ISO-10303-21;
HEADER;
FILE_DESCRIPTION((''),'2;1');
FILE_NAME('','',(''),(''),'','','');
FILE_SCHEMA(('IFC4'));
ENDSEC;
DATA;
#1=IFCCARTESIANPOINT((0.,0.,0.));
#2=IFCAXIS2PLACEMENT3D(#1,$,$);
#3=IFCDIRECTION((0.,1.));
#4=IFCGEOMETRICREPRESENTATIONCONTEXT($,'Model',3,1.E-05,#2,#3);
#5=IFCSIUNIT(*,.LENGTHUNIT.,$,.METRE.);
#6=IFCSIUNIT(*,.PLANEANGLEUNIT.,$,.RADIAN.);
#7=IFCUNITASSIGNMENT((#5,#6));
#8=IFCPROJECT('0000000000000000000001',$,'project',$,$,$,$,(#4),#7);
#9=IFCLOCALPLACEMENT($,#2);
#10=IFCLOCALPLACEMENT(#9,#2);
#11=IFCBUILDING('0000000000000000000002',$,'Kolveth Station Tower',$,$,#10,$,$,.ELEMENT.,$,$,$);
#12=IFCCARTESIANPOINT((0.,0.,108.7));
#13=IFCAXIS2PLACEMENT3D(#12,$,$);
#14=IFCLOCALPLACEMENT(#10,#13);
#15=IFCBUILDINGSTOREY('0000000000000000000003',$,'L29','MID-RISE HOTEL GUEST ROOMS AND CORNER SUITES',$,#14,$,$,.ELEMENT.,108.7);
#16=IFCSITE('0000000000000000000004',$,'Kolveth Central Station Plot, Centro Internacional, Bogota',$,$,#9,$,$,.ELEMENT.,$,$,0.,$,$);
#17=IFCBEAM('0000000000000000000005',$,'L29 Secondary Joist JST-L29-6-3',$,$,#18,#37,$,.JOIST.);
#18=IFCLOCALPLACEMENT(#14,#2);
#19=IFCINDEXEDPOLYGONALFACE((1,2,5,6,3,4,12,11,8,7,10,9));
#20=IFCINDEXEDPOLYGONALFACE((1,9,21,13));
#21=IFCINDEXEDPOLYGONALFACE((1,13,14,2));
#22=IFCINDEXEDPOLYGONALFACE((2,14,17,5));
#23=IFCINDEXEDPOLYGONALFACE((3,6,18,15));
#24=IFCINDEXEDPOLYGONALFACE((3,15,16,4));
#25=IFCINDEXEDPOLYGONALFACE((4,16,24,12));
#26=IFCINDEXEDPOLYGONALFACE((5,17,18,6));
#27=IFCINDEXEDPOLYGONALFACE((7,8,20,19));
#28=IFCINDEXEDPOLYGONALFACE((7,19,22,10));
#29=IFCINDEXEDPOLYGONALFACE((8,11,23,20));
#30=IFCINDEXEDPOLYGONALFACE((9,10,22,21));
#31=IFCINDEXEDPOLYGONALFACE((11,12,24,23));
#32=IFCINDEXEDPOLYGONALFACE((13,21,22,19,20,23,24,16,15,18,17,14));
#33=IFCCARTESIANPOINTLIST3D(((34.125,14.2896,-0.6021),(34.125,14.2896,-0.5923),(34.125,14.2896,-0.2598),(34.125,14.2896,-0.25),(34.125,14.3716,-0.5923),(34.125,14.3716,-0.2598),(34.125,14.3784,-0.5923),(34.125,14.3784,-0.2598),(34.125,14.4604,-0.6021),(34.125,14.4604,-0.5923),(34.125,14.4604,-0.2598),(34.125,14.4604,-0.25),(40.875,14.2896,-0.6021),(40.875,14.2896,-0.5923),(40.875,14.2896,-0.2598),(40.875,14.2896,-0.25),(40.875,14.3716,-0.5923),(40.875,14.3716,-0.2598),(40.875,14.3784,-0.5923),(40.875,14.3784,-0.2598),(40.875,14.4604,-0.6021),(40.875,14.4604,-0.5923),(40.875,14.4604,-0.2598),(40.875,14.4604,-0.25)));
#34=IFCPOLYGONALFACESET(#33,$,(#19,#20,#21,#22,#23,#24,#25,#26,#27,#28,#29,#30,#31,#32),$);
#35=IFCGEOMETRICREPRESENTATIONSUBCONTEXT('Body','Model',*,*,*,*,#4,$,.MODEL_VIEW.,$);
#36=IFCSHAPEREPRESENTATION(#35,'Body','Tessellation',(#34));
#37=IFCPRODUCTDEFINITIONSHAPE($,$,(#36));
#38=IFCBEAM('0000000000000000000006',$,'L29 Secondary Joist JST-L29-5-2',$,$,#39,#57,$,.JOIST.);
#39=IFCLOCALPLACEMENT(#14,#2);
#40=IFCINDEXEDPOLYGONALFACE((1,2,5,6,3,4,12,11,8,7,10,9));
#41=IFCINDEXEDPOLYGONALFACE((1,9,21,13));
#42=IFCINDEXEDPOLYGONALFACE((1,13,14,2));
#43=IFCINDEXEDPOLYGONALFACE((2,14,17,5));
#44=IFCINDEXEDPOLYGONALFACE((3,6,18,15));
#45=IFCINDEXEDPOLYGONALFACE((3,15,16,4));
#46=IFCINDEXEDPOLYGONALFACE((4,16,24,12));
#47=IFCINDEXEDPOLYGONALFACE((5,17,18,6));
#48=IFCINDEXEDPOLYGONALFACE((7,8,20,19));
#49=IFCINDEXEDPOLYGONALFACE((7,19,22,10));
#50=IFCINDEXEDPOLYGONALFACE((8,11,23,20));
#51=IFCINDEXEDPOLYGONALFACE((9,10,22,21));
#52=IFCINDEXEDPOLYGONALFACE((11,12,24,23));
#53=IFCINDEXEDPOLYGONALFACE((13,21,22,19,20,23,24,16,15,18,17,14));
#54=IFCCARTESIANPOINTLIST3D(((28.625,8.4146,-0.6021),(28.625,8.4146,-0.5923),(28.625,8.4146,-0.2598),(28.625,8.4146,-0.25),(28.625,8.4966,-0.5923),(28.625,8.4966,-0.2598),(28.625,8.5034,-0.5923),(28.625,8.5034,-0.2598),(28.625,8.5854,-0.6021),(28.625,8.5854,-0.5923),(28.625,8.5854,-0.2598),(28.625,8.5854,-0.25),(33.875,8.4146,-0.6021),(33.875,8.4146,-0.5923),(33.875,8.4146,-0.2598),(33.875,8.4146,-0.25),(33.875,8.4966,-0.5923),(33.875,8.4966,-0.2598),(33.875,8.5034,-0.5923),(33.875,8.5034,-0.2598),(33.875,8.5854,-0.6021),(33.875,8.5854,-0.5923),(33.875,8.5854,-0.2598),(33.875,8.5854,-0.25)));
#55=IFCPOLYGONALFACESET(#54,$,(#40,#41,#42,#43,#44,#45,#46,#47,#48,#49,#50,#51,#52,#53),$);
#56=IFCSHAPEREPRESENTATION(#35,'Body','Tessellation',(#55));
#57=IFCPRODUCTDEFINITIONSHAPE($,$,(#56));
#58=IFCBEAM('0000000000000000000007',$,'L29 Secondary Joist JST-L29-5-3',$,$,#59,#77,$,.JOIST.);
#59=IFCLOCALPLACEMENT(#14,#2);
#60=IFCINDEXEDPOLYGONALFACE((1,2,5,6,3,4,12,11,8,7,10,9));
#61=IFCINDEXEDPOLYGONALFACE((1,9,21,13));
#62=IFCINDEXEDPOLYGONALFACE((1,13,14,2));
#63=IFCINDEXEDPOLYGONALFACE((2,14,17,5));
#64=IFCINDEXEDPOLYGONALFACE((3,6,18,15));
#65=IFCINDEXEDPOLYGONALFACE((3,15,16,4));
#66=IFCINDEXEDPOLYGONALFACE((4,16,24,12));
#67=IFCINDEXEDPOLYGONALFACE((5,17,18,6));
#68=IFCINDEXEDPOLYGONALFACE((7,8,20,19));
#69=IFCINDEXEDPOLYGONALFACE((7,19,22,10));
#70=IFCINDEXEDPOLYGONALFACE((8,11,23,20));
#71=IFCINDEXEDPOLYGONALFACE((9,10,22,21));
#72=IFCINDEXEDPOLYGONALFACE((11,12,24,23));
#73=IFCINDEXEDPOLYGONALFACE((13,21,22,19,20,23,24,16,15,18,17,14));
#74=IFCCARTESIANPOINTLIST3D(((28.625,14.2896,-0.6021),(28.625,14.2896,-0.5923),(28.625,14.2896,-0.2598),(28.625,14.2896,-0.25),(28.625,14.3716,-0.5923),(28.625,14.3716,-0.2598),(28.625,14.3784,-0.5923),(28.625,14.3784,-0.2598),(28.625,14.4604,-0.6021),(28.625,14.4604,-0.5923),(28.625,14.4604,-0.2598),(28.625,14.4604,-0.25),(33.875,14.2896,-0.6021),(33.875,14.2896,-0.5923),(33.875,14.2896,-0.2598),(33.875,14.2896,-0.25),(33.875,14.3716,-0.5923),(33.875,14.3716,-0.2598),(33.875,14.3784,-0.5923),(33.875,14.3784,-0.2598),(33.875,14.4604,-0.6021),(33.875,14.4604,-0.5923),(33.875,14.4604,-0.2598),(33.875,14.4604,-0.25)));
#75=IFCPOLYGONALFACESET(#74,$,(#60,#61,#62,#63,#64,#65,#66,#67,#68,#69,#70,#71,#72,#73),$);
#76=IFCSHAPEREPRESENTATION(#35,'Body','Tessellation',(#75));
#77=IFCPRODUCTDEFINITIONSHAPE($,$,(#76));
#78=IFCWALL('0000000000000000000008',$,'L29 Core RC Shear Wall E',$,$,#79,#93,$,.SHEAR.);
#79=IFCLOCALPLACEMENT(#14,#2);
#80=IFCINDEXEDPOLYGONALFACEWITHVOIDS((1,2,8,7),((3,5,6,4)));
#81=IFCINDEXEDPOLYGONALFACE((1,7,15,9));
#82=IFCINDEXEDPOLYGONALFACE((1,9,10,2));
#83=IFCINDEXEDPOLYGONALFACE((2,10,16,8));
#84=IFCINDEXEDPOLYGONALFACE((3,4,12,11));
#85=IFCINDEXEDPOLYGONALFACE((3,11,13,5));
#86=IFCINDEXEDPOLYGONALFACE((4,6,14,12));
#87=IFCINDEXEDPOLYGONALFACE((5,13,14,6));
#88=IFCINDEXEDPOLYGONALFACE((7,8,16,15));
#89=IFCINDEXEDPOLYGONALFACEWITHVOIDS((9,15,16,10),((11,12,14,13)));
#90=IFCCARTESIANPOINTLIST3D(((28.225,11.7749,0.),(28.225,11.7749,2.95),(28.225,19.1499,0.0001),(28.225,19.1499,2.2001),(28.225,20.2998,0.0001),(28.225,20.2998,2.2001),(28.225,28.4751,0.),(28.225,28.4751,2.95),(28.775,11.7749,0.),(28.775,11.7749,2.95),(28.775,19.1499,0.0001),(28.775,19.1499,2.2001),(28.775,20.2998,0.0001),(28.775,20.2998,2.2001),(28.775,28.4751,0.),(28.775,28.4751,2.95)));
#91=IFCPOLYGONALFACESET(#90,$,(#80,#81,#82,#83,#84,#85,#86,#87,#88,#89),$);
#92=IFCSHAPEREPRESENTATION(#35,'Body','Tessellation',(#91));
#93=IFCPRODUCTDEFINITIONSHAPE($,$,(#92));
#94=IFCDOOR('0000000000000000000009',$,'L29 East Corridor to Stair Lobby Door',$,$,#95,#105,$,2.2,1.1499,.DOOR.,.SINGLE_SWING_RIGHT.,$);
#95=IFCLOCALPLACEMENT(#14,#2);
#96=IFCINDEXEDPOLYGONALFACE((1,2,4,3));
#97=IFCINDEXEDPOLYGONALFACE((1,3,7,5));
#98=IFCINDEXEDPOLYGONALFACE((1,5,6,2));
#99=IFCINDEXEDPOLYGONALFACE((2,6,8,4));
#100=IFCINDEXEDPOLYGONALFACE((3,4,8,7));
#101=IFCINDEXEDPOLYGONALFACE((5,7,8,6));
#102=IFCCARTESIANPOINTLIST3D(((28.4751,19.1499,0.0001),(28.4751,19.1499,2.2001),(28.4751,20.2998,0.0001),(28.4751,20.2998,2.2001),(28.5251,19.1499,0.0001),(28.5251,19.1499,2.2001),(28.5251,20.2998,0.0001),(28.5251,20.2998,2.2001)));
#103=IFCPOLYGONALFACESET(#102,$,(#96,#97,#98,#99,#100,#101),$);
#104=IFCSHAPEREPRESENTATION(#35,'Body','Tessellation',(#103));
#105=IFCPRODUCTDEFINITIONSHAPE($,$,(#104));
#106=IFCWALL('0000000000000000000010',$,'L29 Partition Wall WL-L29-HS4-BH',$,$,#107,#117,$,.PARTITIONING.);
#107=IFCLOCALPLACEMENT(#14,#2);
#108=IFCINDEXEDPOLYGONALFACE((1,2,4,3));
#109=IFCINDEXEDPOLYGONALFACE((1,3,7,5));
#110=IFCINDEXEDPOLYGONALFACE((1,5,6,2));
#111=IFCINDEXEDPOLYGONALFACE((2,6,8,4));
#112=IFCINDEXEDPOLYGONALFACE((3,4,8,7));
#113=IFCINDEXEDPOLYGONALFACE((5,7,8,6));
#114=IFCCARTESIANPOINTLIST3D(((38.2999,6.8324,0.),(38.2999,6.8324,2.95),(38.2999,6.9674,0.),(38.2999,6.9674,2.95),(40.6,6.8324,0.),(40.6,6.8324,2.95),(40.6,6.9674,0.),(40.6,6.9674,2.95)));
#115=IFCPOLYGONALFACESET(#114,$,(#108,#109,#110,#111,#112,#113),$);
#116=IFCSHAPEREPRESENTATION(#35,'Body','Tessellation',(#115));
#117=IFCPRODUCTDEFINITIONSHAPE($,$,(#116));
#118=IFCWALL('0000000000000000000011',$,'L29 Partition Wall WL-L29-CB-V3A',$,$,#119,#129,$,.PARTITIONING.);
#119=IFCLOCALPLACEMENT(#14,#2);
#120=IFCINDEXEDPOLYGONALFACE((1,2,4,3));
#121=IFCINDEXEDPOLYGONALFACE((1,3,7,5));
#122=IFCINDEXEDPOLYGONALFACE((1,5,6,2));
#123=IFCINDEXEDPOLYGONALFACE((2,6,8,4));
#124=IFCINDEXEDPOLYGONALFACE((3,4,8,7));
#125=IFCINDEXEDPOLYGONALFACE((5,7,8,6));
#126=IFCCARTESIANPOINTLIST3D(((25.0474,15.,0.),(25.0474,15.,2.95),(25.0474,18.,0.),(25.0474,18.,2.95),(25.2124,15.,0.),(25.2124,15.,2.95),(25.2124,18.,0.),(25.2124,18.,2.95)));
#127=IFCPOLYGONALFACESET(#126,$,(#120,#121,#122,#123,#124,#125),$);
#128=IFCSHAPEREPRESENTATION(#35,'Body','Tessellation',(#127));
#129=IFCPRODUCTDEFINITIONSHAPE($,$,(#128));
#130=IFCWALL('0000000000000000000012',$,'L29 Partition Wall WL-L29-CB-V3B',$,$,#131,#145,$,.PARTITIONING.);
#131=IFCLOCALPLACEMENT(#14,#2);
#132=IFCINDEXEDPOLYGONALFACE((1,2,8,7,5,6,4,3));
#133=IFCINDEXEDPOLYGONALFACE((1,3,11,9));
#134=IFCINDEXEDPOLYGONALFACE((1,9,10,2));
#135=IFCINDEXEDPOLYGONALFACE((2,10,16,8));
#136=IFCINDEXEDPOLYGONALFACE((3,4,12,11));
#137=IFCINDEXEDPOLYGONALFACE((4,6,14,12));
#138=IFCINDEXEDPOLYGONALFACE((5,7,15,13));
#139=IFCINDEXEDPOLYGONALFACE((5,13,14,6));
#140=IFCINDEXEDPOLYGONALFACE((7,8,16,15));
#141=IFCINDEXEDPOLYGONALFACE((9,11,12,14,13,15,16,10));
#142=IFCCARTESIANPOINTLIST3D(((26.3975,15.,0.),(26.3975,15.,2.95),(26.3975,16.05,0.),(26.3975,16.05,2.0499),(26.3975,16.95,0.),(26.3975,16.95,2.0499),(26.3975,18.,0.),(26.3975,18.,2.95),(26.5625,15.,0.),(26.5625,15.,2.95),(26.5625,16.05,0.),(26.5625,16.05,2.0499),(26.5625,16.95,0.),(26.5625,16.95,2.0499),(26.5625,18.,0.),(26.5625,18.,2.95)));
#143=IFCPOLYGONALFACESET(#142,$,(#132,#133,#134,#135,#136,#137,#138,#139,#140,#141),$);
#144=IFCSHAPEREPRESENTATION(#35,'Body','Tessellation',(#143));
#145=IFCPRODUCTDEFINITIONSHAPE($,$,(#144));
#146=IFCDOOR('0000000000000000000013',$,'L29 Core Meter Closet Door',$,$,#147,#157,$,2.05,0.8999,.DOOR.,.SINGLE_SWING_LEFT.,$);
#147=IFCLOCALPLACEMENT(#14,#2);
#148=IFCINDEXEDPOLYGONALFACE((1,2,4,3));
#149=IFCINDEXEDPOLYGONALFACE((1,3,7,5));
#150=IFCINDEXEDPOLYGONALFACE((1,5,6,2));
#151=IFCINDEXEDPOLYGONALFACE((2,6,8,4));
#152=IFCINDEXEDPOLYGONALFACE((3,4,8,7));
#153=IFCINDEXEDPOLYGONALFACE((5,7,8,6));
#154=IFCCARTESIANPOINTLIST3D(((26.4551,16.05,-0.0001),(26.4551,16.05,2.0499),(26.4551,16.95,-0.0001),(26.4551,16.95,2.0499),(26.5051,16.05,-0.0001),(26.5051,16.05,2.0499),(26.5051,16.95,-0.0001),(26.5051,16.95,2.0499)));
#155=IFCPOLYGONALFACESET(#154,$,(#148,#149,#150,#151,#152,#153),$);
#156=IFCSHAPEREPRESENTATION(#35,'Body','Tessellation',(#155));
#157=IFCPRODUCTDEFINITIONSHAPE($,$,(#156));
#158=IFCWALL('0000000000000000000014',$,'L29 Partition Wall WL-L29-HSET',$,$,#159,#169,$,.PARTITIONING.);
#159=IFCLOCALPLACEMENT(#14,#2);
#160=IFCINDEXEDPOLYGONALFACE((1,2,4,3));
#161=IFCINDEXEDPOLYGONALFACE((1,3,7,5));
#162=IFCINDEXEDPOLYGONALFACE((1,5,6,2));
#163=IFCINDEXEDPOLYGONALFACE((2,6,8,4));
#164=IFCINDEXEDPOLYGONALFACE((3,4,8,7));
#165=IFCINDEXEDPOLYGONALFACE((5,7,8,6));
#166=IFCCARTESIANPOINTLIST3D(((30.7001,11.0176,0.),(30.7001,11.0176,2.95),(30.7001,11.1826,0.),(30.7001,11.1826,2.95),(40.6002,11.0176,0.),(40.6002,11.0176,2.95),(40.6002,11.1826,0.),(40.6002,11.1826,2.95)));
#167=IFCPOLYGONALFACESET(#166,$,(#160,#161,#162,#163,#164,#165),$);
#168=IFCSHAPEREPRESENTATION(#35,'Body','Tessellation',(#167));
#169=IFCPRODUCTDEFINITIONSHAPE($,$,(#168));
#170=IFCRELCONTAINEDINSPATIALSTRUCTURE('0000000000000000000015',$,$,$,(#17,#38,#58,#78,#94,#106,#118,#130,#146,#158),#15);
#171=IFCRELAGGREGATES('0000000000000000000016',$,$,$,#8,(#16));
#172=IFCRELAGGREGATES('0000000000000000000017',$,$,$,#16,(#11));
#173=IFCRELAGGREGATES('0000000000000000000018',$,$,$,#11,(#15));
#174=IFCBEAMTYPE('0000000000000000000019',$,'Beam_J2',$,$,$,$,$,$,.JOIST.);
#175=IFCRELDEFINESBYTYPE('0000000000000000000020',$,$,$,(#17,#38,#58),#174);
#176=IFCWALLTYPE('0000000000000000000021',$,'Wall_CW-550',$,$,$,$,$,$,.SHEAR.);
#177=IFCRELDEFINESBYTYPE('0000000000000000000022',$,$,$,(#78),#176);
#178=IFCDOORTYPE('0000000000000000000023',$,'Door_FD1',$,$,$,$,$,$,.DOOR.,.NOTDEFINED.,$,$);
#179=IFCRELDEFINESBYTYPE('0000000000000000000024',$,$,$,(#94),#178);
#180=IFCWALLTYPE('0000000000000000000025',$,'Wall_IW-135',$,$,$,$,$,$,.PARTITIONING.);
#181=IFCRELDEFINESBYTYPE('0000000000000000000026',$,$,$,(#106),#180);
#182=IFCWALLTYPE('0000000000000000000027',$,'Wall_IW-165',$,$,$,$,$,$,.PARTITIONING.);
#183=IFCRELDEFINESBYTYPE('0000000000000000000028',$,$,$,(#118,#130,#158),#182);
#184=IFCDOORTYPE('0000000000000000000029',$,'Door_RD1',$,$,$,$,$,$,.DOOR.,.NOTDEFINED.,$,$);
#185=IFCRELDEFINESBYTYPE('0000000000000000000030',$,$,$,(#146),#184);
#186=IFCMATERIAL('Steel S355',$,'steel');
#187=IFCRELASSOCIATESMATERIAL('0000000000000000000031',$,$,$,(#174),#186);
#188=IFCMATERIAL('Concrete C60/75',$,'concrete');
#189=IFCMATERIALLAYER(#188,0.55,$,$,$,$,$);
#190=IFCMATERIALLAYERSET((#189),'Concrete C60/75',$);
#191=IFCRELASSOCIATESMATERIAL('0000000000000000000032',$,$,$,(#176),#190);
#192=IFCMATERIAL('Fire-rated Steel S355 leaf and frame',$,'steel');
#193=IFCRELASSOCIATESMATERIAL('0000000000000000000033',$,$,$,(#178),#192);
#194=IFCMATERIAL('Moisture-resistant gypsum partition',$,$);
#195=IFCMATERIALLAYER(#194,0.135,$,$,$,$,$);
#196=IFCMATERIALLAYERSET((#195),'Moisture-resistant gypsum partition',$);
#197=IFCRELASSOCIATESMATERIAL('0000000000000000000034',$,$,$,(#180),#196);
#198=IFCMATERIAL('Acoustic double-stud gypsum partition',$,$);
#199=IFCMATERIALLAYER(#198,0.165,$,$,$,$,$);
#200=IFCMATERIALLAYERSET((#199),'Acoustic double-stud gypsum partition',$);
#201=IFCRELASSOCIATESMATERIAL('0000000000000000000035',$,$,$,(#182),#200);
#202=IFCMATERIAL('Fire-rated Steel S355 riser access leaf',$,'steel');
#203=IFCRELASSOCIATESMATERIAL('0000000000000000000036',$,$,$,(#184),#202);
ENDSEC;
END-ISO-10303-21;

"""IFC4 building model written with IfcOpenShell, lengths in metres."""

from ifc_helpers import new_model, si_unit, direction, frame, frame_2d, origin, origin_2d, place, context, subcontext, project, spatial, rectangle, i_section, extrude, source, transform, mapped, material, layer, layer_set, material_profile, profile_set, type_object, element, fill, save


model = new_model("IFC4")

# Units and contexts
model_context = context("Model", 3, precision=1e-05, world=origin(), true_north=direction((0.0, 1.0)))
body_context = subcontext(model_context, "Body", "Model", "MODEL_VIEW")
ifc_project = project(units=[si_unit("LENGTHUNIT", "METRE"), si_unit("PLANEANGLEUNIT", "RADIAN")], contexts=[model_context])

# Site, building, storey
site_placement = place(None, origin())
site = spatial("IfcSite", under=ifc_project, at=site_placement, Name="Kolveth Central Station Plot, Centro Internacional, Bogota", CompositionType="ELEMENT", RefElevation=0.0)
building_placement = place(site_placement, origin())
building = spatial("IfcBuilding", under=site, at=building_placement, Name="Kolveth Station Tower", CompositionType="ELEMENT")
storey_placement = place(building_placement, frame((0.0, 0.0, 108.7)))
storey = spatial("IfcBuildingStorey", under=building, at=storey_placement, Name="L29", Description="MID-RISE HOTEL GUEST ROOMS AND CORNER SUITES", CompositionType="ELEMENT", Elevation=108.7)

# Shared definitions
ifc_material_1 = material(Name="Steel S355", Category="steel")

# Beams
ifc_material_profile_1 = material_profile(ifc_material_1, i_section(OverallWidth=0.1709, OverallDepth=0.3521, WebThickness=0.0068, FlangeThickness=0.0098, at=origin_2d()), Name="W360x44")
ifc_profile_set_1 = profile_set([ifc_material_profile_1], Name="Steel S355")
beam_type_1 = type_object("IfcBeamType", Name="Beam_J2", PredefinedType="JOIST", material=ifc_profile_set_1)
shared_shape_1 = source(origin(), body_context, "Body", "SweptSolid", [
    extrude(i_section(OverallWidth=0.1709, OverallDepth=0.3521, WebThickness=0.0068, FlangeThickness=0.0098, at=origin_2d()), origin(), (0.0, 0.0, 1.0), 6.75),
])
for number, where, z_axis, x_axis, name in (
    (1, (34.125, 14.375, -0.426), (1.0, 0.0, 0.0), (0.0, 1.0, 0.0), "L29 Secondary Joist JST-L29-6-3"),
):
    element("IfcBeam", number, at=place(storey_placement, frame(where, z_axis=z_axis, x_axis=x_axis)), inside=storey, type_object=beam_type_1, Name=name, PredefinedType="JOIST", context=body_context, shape_type="MappedRepresentation", body=[
        mapped(shared_shape_1, transform((0.0, 0.0, 0.0), x_axis=(1.0, 0.0, 0.0), y_axis=(0.0, 1.0, 0.0), z_axis=(0.0, 0.0, 1.0), scale=1.0)),
    ])
shared_shape_2 = source(origin(), body_context, "Body", "SweptSolid", [
    extrude(i_section(OverallWidth=0.1709, OverallDepth=0.3521, WebThickness=0.0068, FlangeThickness=0.0098, at=origin_2d()), origin(), (0.0, 0.0, 1.0), 5.25),
])
for number, where, z_axis, x_axis, name in (
    (2, (28.625, 8.5, -0.426), (1.0, 0.0, 0.0), (0.0, 1.0, 0.0), "L29 Secondary Joist JST-L29-5-2"),
    (3, (28.625, 14.375, -0.426), (1.0, 0.0, 0.0), (0.0, 1.0, 0.0), "L29 Secondary Joist JST-L29-5-3"),
):
    element("IfcBeam", number, at=place(storey_placement, frame(where, z_axis=z_axis, x_axis=x_axis)), inside=storey, type_object=beam_type_1, Name=name, PredefinedType="JOIST", context=body_context, shape_type="MappedRepresentation", body=[
        mapped(shared_shape_2, transform((0.0, 0.0, 0.0), x_axis=(1.0, 0.0, 0.0), y_axis=(0.0, 1.0, 0.0), z_axis=(0.0, 0.0, 1.0), scale=1.0)),
    ])

# Wall, opening, door
ifc_material_2 = material(Name="Concrete C60/75", Category="concrete")
ifc_layer_1 = layer(ifc_material_2, 0.55)
ifc_layer_set_1 = layer_set([ifc_layer_1], Name="Concrete C60/75")
wall_type_1 = type_object("IfcWallType", Name="Wall_CW-550", PredefinedType="SHEAR", material=ifc_layer_set_1)
wall_1_placement = place(storey_placement, frame((28.5, 11.7749, 0.0), z_axis=(0.0, 0.0, 1.0), x_axis=(0.0, 1.0, 0.0)))
wall_1 = element("IfcWall", 4, at=wall_1_placement, inside=storey, type_object=wall_type_1, Name="L29 Core RC Shear Wall E", PredefinedType="SHEAR", context=body_context, shape_type="SweptSolid", body=[
    extrude(rectangle(XDim=16.7002, YDim=0.55, at=frame_2d((8.3501, 0.0))), origin(), (0.0, 0.0, 1.0), 2.95),
])
opening_1_placement = place(wall_1_placement, frame((7.375, 0.0, 0.0)))
opening_1 = element("IfcOpeningElement", 5, at=opening_1_placement, cuts=wall_1, PredefinedType="OPENING", context=body_context, shape_type="SweptSolid", body=[
    extrude(rectangle(XDim=1.1499, YDim=2.2, at=frame_2d((0.575, 1.1001))), frame((0.0, 0.2849, 0.0), z_axis=(0.0, -1.0, 0.0), x_axis=(1.0, 0.0, 0.0)), (0.0, 0.0, 1.0), 0.5701),
])
ifc_material_3 = material(Name="Fire-rated Steel S355 leaf and frame", Category="steel")
door_type_1 = type_object("IfcDoorType", Name="Door_FD1", OperationType="NOTDEFINED", PredefinedType="DOOR", material=ifc_material_3)
door_1_placement = place(opening_1_placement, origin())
door_1 = element("IfcDoor", 6, at=door_1_placement, inside=storey, type_object=door_type_1, Name="L29 East Corridor to Stair Lobby Door", OperationType="SINGLE_SWING_RIGHT", OverallHeight=2.2, OverallWidth=1.1499, PredefinedType="DOOR", context=body_context, shape_type="SweptSolid", body=[
    extrude(rectangle(XDim=1.1499, YDim=2.2, at=frame_2d((0.575, 1.1001))), frame((0.0, 0.0249, 0.0), z_axis=(0.0, -1.0, 0.0), x_axis=(1.0, 0.0, 0.0)), (0.0, 0.0, 1.0), 0.05),
])
fill(opening_1, door_1)

# Walls
ifc_material_4 = material(Name="Moisture-resistant gypsum partition")
ifc_layer_2 = layer(ifc_material_4, 0.135)
ifc_layer_set_2 = layer_set([ifc_layer_2], Name="Moisture-resistant gypsum partition")
wall_type_2 = type_object("IfcWallType", Name="Wall_IW-135", PredefinedType="PARTITIONING", material=ifc_layer_set_2)
wall_2_placement = place(storey_placement, frame((38.3, 6.8999, 0.0), z_axis=(0.0, 0.0, 1.0), x_axis=(1.0, 0.0, 0.0)))
element("IfcWall", 7, at=wall_2_placement, inside=storey, type_object=wall_type_2, Name="L29 Partition Wall WL-L29-HS4-BH", PredefinedType="PARTITIONING", context=body_context, shape_type="SweptSolid", body=[
    extrude(rectangle(XDim=2.3, YDim=0.135, at=frame_2d((1.1499, 0.0))), origin(), (0.0, 0.0, 1.0), 2.95),
])
ifc_material_5 = material(Name="Acoustic double-stud gypsum partition")
ifc_layer_3 = layer(ifc_material_5, 0.165)
ifc_layer_set_3 = layer_set([ifc_layer_3], Name="Acoustic double-stud gypsum partition")
wall_type_3 = type_object("IfcWallType", Name="Wall_IW-165", PredefinedType="PARTITIONING", material=ifc_layer_set_3)
wall_3_placement = place(storey_placement, frame((25.1299, 15.0, 0.0), z_axis=(0.0, 0.0, 1.0), x_axis=(0.0, 1.0, 0.0)))
element("IfcWall", 8, at=wall_3_placement, inside=storey, type_object=wall_type_3, Name="L29 Partition Wall WL-L29-CB-V3A", PredefinedType="PARTITIONING", context=body_context, shape_type="SweptSolid", body=[
    extrude(rectangle(XDim=3.0, YDim=0.165, at=frame_2d((1.5, 0.0))), origin(), (0.0, 0.0, 1.0), 2.95),
])

# Wall, opening, door
wall_4_placement = place(storey_placement, frame((26.48, 15.0, 0.0), z_axis=(0.0, 0.0, 1.0), x_axis=(0.0, 1.0, 0.0)))
wall_4 = element("IfcWall", 9, at=wall_4_placement, inside=storey, type_object=wall_type_3, Name="L29 Partition Wall WL-L29-CB-V3B", PredefinedType="PARTITIONING", context=body_context, shape_type="SweptSolid", body=[
    extrude(rectangle(XDim=3.0, YDim=0.165, at=frame_2d((1.5, 0.0))), origin(), (0.0, 0.0, 1.0), 2.95),
])
opening_2_placement = place(wall_4_placement, frame((1.05, 0.0, 0.0)))
opening_2 = element("IfcOpeningElement", 10, at=opening_2_placement, cuts=wall_4, PredefinedType="OPENING", context=body_context, shape_type="SweptSolid", body=[
    extrude(rectangle(XDim=0.8999, YDim=2.05, at=frame_2d((0.45, 1.0249))), frame((0.0, 0.0925, 0.0), z_axis=(0.0, -1.0, 0.0), x_axis=(1.0, 0.0, 0.0)), (0.0, 0.0, 1.0), 0.1851),
])
ifc_material_6 = material(Name="Fire-rated Steel S355 riser access leaf", Category="steel")
door_type_2 = type_object("IfcDoorType", Name="Door_RD1", OperationType="NOTDEFINED", PredefinedType="DOOR", material=ifc_material_6)
door_2_placement = place(opening_2_placement, origin())
door_2 = element("IfcDoor", 11, at=door_2_placement, inside=storey, type_object=door_type_2, Name="L29 Core Meter Closet Door", OperationType="SINGLE_SWING_LEFT", OverallHeight=2.05, OverallWidth=0.8999, PredefinedType="DOOR", context=body_context, shape_type="SweptSolid", body=[
    extrude(rectangle(XDim=0.8999, YDim=2.05, at=frame_2d((0.45, 1.0249))), frame((0.0, 0.0249, 0.0), z_axis=(0.0, -1.0, 0.0), x_axis=(1.0, 0.0, 0.0)), (0.0, 0.0, 1.0), 0.05),
])
fill(opening_2, door_2)

# Wall
wall_5_placement = place(storey_placement, frame((30.7, 11.1001, 0.0), z_axis=(0.0, 0.0, 1.0), x_axis=(1.0, 0.0, 0.0)))
element("IfcWall", 12, at=wall_5_placement, inside=storey, type_object=wall_type_3, Name="L29 Partition Wall WL-L29-HSET", PredefinedType="PARTITIONING", context=body_context, shape_type="SweptSolid", body=[
    extrude(rectangle(XDim=9.9001, YDim=0.165, at=frame_2d((4.9502, 0.0))), origin(), (0.0, 0.0, 1.0), 2.95),
])

save(model, "model.ifc")
